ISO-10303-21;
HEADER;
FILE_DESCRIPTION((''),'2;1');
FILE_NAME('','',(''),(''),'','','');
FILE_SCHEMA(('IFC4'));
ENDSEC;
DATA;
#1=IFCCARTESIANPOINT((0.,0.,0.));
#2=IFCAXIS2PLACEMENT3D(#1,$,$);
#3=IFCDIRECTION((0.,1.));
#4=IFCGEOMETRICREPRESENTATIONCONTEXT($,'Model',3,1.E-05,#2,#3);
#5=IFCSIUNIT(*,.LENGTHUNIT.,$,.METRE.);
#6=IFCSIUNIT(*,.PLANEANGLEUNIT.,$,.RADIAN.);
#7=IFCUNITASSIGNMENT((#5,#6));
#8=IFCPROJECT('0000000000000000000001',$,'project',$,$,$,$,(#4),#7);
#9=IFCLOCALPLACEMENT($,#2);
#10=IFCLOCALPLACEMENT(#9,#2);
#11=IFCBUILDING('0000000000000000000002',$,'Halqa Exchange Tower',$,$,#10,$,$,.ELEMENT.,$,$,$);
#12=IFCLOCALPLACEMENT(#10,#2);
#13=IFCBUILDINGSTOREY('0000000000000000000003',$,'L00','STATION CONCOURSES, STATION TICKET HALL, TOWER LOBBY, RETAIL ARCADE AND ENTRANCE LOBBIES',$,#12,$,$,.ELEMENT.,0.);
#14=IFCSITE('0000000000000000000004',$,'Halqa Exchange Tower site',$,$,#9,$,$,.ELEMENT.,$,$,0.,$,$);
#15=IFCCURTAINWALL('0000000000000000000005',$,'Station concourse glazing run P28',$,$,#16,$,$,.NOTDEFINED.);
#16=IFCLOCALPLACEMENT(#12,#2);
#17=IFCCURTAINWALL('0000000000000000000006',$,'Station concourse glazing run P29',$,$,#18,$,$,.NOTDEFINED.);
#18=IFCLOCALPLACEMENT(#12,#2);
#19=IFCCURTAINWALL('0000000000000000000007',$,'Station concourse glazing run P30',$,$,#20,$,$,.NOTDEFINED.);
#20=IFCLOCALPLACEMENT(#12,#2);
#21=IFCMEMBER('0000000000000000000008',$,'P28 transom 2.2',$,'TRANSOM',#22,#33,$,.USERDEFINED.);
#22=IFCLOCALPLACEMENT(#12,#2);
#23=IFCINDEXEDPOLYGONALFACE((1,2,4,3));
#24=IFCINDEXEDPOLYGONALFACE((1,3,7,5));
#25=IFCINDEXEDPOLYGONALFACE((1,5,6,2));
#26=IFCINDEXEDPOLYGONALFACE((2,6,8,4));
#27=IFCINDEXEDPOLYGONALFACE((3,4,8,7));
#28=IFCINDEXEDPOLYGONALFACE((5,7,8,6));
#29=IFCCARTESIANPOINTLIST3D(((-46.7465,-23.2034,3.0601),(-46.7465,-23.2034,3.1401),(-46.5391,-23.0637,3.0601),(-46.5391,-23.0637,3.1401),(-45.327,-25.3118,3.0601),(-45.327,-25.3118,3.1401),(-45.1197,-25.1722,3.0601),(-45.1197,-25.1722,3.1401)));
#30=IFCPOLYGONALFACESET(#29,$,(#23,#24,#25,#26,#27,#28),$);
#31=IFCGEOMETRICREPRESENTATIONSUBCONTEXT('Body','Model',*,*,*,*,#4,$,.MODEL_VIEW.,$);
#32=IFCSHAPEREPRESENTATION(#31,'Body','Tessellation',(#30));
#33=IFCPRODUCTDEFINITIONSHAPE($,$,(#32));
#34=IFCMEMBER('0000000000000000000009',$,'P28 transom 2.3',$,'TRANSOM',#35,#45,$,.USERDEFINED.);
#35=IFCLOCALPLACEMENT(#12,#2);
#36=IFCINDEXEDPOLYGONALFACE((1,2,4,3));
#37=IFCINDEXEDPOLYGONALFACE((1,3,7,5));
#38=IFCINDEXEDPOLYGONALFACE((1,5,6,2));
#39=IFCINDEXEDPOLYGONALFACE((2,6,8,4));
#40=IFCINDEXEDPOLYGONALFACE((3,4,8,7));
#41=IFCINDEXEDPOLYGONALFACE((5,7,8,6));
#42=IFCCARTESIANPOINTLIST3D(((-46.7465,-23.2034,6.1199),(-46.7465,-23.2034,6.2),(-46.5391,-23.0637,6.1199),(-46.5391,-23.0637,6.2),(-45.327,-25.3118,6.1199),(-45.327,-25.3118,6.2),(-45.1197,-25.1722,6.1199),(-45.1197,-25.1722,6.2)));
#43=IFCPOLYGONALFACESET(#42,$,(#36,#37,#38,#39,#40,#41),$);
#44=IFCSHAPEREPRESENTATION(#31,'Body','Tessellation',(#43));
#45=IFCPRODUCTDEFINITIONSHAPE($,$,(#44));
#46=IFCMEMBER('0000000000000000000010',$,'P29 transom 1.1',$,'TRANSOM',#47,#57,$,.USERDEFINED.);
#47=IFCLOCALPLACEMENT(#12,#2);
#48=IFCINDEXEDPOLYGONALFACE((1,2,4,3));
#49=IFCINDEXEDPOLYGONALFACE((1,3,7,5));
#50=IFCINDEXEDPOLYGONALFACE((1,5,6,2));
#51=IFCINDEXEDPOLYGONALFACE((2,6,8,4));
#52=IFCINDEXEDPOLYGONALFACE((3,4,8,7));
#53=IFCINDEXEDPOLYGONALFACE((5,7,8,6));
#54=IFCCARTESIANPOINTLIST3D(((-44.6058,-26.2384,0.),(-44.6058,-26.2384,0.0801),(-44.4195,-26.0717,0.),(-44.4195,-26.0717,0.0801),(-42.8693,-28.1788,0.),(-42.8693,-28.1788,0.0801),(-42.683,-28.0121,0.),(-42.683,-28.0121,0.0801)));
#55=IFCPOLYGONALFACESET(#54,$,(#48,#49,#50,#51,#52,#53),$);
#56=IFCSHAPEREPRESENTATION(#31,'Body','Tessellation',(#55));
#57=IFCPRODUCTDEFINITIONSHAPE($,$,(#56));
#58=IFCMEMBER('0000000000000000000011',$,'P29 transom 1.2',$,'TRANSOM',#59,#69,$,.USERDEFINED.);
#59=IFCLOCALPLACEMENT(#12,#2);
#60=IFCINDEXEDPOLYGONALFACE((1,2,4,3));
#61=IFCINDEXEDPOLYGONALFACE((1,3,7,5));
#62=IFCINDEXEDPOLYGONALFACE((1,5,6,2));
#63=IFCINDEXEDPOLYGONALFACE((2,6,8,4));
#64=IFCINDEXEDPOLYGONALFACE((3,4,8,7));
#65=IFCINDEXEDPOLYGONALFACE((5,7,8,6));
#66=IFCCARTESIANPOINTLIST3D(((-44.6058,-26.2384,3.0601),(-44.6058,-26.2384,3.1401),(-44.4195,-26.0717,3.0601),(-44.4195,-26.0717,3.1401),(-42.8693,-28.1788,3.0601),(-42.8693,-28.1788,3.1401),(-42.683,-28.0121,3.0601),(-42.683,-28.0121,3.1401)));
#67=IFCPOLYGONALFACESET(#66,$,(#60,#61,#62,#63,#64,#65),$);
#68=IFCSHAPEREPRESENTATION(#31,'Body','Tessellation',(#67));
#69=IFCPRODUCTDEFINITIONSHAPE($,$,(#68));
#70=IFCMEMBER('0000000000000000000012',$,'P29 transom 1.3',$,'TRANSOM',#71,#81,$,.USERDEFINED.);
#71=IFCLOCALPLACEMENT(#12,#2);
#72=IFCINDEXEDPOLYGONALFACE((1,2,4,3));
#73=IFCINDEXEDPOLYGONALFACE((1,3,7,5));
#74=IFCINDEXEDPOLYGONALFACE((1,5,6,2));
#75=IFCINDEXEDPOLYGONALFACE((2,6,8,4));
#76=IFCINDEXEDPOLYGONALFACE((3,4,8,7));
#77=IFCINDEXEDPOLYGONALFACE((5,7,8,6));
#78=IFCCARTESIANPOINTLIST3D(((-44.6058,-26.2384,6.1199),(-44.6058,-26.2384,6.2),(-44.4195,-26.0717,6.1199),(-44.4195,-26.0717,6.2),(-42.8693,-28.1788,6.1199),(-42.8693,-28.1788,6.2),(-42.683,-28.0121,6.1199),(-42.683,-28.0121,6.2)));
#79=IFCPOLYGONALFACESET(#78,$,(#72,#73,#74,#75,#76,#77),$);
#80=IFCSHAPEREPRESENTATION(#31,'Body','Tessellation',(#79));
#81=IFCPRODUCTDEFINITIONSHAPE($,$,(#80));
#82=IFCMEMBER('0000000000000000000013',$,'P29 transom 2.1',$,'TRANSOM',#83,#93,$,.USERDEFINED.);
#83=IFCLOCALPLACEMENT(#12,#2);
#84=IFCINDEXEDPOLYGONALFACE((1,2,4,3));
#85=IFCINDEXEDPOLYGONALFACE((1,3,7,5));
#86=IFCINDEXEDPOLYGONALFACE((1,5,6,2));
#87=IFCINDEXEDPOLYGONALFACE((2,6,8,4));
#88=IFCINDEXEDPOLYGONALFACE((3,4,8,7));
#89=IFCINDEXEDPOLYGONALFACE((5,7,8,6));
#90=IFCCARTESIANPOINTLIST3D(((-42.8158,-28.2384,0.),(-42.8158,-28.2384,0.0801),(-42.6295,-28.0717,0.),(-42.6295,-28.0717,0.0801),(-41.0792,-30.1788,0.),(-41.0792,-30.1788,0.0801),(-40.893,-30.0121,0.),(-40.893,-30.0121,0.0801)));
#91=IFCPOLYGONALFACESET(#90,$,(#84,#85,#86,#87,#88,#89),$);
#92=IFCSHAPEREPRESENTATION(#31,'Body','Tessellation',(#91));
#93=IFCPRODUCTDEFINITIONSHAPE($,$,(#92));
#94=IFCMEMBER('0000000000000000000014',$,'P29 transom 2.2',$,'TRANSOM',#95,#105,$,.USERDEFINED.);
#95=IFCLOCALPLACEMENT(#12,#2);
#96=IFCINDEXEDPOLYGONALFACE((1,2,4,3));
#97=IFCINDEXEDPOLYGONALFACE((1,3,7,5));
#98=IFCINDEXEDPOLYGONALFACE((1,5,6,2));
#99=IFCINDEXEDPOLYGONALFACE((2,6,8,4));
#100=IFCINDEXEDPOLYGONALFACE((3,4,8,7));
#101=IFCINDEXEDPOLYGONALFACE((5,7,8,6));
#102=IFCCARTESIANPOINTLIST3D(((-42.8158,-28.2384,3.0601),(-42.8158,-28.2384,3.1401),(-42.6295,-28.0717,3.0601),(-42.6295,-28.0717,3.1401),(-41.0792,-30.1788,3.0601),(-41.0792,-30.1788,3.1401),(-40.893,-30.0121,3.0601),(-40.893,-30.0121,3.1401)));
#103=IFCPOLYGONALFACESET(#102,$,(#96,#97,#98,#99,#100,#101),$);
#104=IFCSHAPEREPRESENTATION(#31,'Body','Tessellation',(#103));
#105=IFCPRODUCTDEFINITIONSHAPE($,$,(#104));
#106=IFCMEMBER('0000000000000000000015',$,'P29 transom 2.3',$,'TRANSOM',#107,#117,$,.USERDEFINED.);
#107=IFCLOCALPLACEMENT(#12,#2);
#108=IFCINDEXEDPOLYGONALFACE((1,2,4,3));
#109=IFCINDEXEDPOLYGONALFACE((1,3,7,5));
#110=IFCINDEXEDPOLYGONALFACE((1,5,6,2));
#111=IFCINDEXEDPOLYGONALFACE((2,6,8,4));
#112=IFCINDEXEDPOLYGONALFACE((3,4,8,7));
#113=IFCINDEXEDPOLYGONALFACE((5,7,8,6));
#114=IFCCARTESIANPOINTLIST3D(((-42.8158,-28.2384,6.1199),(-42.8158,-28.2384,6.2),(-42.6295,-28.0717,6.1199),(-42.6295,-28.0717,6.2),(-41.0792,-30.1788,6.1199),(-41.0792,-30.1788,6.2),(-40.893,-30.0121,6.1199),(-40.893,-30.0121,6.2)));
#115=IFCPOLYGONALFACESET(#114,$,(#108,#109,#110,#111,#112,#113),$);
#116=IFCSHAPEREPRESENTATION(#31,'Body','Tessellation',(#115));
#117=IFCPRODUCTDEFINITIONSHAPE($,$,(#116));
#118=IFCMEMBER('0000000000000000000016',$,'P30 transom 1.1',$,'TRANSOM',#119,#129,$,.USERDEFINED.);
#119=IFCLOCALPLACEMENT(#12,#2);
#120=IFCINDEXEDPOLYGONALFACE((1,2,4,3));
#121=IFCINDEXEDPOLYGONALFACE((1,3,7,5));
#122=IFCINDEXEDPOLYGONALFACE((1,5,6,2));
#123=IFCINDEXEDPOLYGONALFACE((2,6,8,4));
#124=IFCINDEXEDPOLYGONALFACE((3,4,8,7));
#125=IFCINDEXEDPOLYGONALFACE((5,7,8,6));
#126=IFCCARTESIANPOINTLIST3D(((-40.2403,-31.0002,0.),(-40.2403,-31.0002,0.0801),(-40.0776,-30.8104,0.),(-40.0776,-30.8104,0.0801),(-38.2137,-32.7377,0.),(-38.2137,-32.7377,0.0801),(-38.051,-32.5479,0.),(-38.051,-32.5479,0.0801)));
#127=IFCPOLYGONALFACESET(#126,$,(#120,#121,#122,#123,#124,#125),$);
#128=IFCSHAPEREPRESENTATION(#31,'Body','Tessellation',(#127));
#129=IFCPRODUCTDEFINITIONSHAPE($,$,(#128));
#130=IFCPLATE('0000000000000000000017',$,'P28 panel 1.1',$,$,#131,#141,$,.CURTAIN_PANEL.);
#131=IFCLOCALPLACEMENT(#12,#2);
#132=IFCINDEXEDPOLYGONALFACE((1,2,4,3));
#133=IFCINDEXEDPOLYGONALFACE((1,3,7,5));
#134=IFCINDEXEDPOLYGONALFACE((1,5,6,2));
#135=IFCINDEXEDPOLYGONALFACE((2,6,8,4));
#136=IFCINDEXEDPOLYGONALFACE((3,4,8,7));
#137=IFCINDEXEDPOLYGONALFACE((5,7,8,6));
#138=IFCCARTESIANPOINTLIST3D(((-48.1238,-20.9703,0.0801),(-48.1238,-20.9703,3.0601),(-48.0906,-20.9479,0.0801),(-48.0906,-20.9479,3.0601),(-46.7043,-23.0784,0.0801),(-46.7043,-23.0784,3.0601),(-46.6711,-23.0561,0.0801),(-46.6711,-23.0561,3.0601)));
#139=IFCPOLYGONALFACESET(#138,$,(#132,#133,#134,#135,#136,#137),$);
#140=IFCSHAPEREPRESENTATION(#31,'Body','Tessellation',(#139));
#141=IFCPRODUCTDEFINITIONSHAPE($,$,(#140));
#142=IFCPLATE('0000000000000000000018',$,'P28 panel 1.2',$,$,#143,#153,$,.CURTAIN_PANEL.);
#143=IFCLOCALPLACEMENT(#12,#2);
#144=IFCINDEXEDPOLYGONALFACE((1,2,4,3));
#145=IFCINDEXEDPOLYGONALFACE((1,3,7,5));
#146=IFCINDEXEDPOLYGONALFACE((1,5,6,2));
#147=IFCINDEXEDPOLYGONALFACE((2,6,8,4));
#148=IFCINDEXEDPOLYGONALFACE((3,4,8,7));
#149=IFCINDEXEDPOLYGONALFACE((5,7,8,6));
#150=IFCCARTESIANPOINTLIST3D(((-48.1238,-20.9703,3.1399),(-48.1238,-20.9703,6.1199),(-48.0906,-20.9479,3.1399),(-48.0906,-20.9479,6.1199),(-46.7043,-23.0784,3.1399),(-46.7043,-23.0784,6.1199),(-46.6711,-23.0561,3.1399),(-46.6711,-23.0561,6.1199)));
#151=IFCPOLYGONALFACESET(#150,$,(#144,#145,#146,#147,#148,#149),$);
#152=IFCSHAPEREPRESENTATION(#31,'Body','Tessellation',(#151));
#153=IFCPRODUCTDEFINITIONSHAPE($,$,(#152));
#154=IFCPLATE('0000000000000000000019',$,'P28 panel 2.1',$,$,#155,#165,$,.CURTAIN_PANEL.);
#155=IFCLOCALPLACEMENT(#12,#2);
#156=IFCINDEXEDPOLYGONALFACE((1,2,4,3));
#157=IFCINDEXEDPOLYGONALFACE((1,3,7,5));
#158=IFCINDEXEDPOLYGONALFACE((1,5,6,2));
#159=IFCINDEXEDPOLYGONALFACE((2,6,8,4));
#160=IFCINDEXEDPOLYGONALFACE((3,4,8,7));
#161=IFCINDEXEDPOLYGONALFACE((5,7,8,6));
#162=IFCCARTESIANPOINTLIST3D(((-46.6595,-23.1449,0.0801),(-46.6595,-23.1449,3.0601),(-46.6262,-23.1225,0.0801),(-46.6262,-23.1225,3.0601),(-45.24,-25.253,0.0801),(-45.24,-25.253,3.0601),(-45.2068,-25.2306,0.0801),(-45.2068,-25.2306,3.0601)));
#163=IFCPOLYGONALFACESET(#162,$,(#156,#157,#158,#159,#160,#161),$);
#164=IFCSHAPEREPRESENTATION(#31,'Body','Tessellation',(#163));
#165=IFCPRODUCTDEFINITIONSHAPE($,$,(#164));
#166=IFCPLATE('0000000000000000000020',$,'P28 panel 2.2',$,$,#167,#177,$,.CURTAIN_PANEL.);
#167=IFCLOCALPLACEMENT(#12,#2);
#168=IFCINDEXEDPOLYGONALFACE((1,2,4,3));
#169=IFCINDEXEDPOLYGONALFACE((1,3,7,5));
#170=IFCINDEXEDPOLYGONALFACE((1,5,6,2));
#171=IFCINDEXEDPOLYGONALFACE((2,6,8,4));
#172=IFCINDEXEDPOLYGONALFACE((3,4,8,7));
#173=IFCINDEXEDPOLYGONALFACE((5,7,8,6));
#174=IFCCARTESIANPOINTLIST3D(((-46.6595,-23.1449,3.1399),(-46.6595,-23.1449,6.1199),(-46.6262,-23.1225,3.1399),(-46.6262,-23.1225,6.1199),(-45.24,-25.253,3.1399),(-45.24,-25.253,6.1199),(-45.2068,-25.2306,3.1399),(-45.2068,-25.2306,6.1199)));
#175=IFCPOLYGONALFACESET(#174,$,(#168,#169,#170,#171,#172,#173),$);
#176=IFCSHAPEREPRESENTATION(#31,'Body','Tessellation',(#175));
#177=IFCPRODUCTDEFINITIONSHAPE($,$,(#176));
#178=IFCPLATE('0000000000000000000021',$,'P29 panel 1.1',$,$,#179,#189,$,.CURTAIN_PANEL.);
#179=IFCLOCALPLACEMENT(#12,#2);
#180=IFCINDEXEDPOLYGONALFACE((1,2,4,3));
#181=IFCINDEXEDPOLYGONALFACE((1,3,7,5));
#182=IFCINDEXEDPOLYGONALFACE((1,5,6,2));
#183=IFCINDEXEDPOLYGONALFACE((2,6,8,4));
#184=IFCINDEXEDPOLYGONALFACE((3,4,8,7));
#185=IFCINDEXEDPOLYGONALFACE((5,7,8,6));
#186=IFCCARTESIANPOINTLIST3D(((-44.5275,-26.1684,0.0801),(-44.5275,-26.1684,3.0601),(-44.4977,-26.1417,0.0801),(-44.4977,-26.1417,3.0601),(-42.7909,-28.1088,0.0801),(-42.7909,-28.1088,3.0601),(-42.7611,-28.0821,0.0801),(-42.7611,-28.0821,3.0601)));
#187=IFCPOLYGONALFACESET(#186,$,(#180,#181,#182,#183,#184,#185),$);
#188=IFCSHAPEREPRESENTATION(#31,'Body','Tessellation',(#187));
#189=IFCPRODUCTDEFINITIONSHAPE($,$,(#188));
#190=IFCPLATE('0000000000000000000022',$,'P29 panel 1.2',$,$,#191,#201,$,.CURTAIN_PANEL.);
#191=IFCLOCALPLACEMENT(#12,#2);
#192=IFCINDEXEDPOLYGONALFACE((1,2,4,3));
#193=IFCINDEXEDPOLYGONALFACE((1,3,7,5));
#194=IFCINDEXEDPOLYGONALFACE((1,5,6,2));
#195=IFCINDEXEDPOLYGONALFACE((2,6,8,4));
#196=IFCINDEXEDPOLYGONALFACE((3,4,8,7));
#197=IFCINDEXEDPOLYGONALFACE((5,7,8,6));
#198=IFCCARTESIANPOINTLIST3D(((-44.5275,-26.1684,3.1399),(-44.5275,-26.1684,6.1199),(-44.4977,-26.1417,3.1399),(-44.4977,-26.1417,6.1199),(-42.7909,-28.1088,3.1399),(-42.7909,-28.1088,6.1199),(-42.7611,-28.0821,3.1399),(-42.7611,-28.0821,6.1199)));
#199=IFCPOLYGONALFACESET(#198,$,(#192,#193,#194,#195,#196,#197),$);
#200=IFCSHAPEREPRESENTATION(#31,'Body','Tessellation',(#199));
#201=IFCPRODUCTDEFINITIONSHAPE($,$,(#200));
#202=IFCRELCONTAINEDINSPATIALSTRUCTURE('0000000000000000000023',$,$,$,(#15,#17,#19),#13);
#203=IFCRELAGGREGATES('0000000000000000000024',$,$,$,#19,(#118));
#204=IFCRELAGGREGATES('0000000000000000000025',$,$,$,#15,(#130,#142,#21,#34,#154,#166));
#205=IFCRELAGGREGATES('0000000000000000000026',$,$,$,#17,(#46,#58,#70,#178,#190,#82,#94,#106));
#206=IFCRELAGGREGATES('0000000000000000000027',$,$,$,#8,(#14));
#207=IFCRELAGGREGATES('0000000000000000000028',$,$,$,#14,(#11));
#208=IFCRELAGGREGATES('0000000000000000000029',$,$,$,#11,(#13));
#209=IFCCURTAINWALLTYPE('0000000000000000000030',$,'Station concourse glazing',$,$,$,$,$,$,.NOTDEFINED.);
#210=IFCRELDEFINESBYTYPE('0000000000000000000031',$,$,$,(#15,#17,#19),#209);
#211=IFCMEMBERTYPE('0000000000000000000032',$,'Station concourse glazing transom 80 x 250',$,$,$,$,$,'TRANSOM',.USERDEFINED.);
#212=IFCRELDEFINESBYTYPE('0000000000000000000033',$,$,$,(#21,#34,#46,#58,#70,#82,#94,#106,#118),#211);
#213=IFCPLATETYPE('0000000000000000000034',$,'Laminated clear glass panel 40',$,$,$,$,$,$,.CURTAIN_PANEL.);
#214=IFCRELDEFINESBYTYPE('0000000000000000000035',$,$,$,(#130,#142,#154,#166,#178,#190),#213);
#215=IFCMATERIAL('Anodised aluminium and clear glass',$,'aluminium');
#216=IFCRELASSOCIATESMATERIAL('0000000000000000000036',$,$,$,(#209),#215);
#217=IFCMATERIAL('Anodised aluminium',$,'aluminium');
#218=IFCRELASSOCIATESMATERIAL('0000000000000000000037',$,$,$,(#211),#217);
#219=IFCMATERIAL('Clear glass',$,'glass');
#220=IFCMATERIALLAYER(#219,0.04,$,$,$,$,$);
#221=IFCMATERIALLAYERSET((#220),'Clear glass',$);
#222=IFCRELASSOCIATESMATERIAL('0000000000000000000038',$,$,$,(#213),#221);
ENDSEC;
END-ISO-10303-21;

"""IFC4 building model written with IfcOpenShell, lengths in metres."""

from ifc_helpers import new_model, si_unit, direction, frame, origin, origin_2d, place, context, subcontext, project, spatial, rectangle, extrude, material, layer, layer_set, material_profile, profile_set, type_object, element, aggregate, save


model = new_model("IFC4")

# Units and contexts
model_context = context("Model", 3, precision=1e-05, world=origin(), true_north=direction((0.0, 1.0)))
body_context = subcontext(model_context, "Body", "Model", "MODEL_VIEW")
ifc_project = project(units=[si_unit("LENGTHUNIT", "METRE"), si_unit("PLANEANGLEUNIT", "RADIAN")], contexts=[model_context])

# Site, building, storey
site_placement = place(None, origin())
site = spatial("IfcSite", under=ifc_project, at=site_placement, Name="Halqa Exchange Tower site", CompositionType="ELEMENT", RefElevation=0.0)
building_placement = place(site_placement, origin())
building = spatial("IfcBuilding", under=site, at=building_placement, Name="Halqa Exchange Tower", CompositionType="ELEMENT")
storey_placement = place(building_placement, origin())
storey = spatial("IfcBuildingStorey", under=building, at=storey_placement, Name="L00", Description="STATION CONCOURSES, STATION TICKET HALL, TOWER LOBBY, RETAIL ARCADE AND ENTRANCE LOBBIES", CompositionType="ELEMENT", Elevation=0.0)

# Curtain walls
ifc_material_1 = material(Name="Anodised aluminium and clear glass", Category="aluminium")
curtain_wall_type = type_object("IfcCurtainWallType", Name="Station concourse glazing", PredefinedType="NOTDEFINED", material=ifc_material_1)
curtain_wall_1_placement = place(storey_placement, origin())
curtain_wall_1 = element("IfcCurtainWall", 1, at=curtain_wall_1_placement, inside=storey, type_object=curtain_wall_type, Name="Station concourse glazing run P28", PredefinedType="NOTDEFINED")
ifc_material_2 = material(Name="Anodised aluminium", Category="aluminium")
curtain_wall_2_placement = place(storey_placement, origin())
curtain_wall_2 = element("IfcCurtainWall", 2, at=curtain_wall_2_placement, inside=storey, type_object=curtain_wall_type, Name="Station concourse glazing run P29", PredefinedType="NOTDEFINED")

# Curtain wall
curtain_wall_3_placement = place(storey_placement, origin())
curtain_wall_3 = element("IfcCurtainWall", 3, at=curtain_wall_3_placement, inside=storey, type_object=curtain_wall_type, Name="Station concourse glazing run P30", PredefinedType="NOTDEFINED")

# Members
ifc_material_profile_1 = material_profile(ifc_material_2, rectangle(XDim=0.25, YDim=0.0801, at=origin_2d()), Name="AL 80x250")
ifc_profile_set_1 = profile_set([ifc_material_profile_1], Name="Anodised aluminium")
member_type_1 = type_object("IfcMemberType", Name="Station concourse glazing transom 80 x 250", ElementType="TRANSOM", PredefinedType="USERDEFINED", material=ifc_profile_set_1)
member_1_placement = place(storey_placement, frame((-46.6428, -23.1335, 3.1001), z_axis=(0.558463, -0.82953, 0.0), x_axis=(0.82953, 0.558463, 0.0)))
member_1 = element("IfcMember", 4, at=member_1_placement, type_object=member_type_1, Name="P28 transom 2.2", ObjectType="TRANSOM", PredefinedType="USERDEFINED", context=body_context, shape_type="SweptSolid", body=[
    extrude(rectangle(XDim=0.25, YDim=0.0801, at=origin_2d()), origin(), (0.0, 0.0, 1.0), 2.5417),
])
member_2_placement = place(storey_placement, frame((-46.6428, -23.1335, 6.1599), z_axis=(0.558463, -0.82953, 0.0), x_axis=(0.82953, 0.558463, 0.0)))
member_2 = element("IfcMember", 5, at=member_2_placement, type_object=member_type_1, Name="P28 transom 2.3", ObjectType="TRANSOM", PredefinedType="USERDEFINED", context=body_context, shape_type="SweptSolid", body=[
    extrude(rectangle(XDim=0.25, YDim=0.0801, at=origin_2d()), origin(), (0.0, 0.0, 1.0), 2.5417),
])
member_3_placement = place(storey_placement, frame((-44.5127, -26.155, 0.04), z_axis=(0.66688, -0.745165, 0.0), x_axis=(0.745165, 0.66688, 0.0)))
member_3 = element("IfcMember", 6, at=member_3_placement, type_object=member_type_1, Name="P29 transom 1.1", ObjectType="TRANSOM", PredefinedType="USERDEFINED", context=body_context, shape_type="SweptSolid", body=[
    extrude(rectangle(XDim=0.25, YDim=0.0801, at=origin_2d()), origin(), (0.0, 0.0, 1.0), 2.604),
])
member_4_placement = place(storey_placement, frame((-44.5127, -26.155, 3.1001), z_axis=(0.66688, -0.745165, 0.0), x_axis=(0.745165, 0.66688, 0.0)))
member_4 = element("IfcMember", 7, at=member_4_placement, type_object=member_type_1, Name="P29 transom 1.2", ObjectType="TRANSOM", PredefinedType="USERDEFINED", context=body_context, shape_type="SweptSolid", body=[
    extrude(rectangle(XDim=0.25, YDim=0.0801, at=origin_2d()), origin(), (0.0, 0.0, 1.0), 2.604),
])
member_5_placement = place(storey_placement, frame((-44.5127, -26.155, 6.1599), z_axis=(0.66688, -0.745165, 0.0), x_axis=(0.745165, 0.66688, 0.0)))
member_5 = element("IfcMember", 8, at=member_5_placement, type_object=member_type_1, Name="P29 transom 1.3", ObjectType="TRANSOM", PredefinedType="USERDEFINED", context=body_context, shape_type="SweptSolid", body=[
    extrude(rectangle(XDim=0.25, YDim=0.0801, at=origin_2d()), origin(), (0.0, 0.0, 1.0), 2.604),
])
member_6_placement = place(storey_placement, frame((-42.7227, -28.155, 0.04), z_axis=(0.66688, -0.745165, 0.0), x_axis=(0.745165, 0.66688, 0.0)))
member_6 = element("IfcMember", 9, at=member_6_placement, type_object=member_type_1, Name="P29 transom 2.1", ObjectType="TRANSOM", PredefinedType="USERDEFINED", context=body_context, shape_type="SweptSolid", body=[
    extrude(rectangle(XDim=0.25, YDim=0.0801, at=origin_2d()), origin(), (0.0, 0.0, 1.0), 2.604),
])
member_7_placement = place(storey_placement, frame((-42.7227, -28.155, 3.1001), z_axis=(0.66688, -0.745165, 0.0), x_axis=(0.745165, 0.66688, 0.0)))
member_7 = element("IfcMember", 10, at=member_7_placement, type_object=member_type_1, Name="P29 transom 2.2", ObjectType="TRANSOM", PredefinedType="USERDEFINED", context=body_context, shape_type="SweptSolid", body=[
    extrude(rectangle(XDim=0.25, YDim=0.0801, at=origin_2d()), origin(), (0.0, 0.0, 1.0), 2.604),
])
member_8_placement = place(storey_placement, frame((-42.7227, -28.155, 6.1599), z_axis=(0.66688, -0.745165, 0.0), x_axis=(0.745165, 0.66688, 0.0)))
member_8 = element("IfcMember", 11, at=member_8_placement, type_object=member_type_1, Name="P29 transom 2.3", ObjectType="TRANSOM", PredefinedType="USERDEFINED", context=body_context, shape_type="SweptSolid", body=[
    extrude(rectangle(XDim=0.25, YDim=0.0801, at=origin_2d()), origin(), (0.0, 0.0, 1.0), 2.604),
])
member_9_placement = place(storey_placement, frame((-40.1589, -30.9053, 0.04), z_axis=(0.759173, -0.650889, 0.0), x_axis=(0.650889, 0.759173, 0.0)))
member_9 = element("IfcMember", 12, at=member_9_placement, type_object=member_type_1, Name="P30 transom 1.1", ObjectType="TRANSOM", PredefinedType="USERDEFINED", context=body_context, shape_type="SweptSolid", body=[
    extrude(rectangle(XDim=0.25, YDim=0.0801, at=origin_2d()), origin(), (0.0, 0.0, 1.0), 2.6694),
])
aggregate(curtain_wall_3, [member_9])

# Plates
ifc_material_3 = material(Name="Clear glass", Category="glass")
ifc_layer_1 = layer(ifc_material_3, 0.04)
ifc_layer_set_1 = layer_set([ifc_layer_1], Name="Clear glass")
plate_type = type_object("IfcPlateType", Name="Laminated clear glass panel 40", PredefinedType="CURTAIN_PANEL", material=ifc_layer_set_1)
plate_1_placement = place(storey_placement, frame((-47.3975, -22.0132, 0.0801), z_axis=(0.0, 0.0, 1.0), x_axis=(0.558522, -0.82949, 0.0)))
plate_1 = element("IfcPlate", 13, at=plate_1_placement, type_object=plate_type, Name="P28 panel 1.1", PredefinedType="CURTAIN_PANEL", context=body_context, shape_type="SweptSolid", body=[
    extrude(rectangle(XDim=2.5415, YDim=0.04, at=origin_2d()), origin(), (0.0, 0.0, 1.0), 2.98),
])
plate_2_placement = place(storey_placement, frame((-47.3975, -22.0132, 3.1399), z_axis=(0.0, 0.0, 1.0), x_axis=(0.558522, -0.82949, 0.0)))
plate_2 = element("IfcPlate", 14, at=plate_2_placement, type_object=plate_type, Name="P28 panel 1.2", PredefinedType="CURTAIN_PANEL", context=body_context, shape_type="SweptSolid", body=[
    extrude(rectangle(XDim=2.5415, YDim=0.04, at=origin_2d()), origin(), (0.0, 0.0, 1.0), 2.98),
])
plate_3_placement = place(storey_placement, frame((-45.9331, -24.1877, 0.0801), z_axis=(0.0, 0.0, 1.0), x_axis=(0.558522, -0.82949, 0.0)))
plate_3 = element("IfcPlate", 15, at=plate_3_placement, type_object=plate_type, Name="P28 panel 2.1", PredefinedType="CURTAIN_PANEL", context=body_context, shape_type="SweptSolid", body=[
    extrude(rectangle(XDim=2.5415, YDim=0.04, at=origin_2d()), origin(), (0.0, 0.0, 1.0), 2.98),
])
plate_4_placement = place(storey_placement, frame((-45.9331, -24.1877, 3.1399), z_axis=(0.0, 0.0, 1.0), x_axis=(0.558522, -0.82949, 0.0)))
plate_4 = element("IfcPlate", 16, at=plate_4_placement, type_object=plate_type, Name="P28 panel 2.2", PredefinedType="CURTAIN_PANEL", context=body_context, shape_type="SweptSolid", body=[
    extrude(rectangle(XDim=2.5415, YDim=0.04, at=origin_2d()), origin(), (0.0, 0.0, 1.0), 2.98),
])
aggregate(curtain_wall_1, [plate_1, plate_2, member_1, member_2, plate_3, plate_4])
plate_5_placement = place(storey_placement, frame((-43.6443, -27.1252, 0.0801), z_axis=(0.0, 0.0, 1.0), x_axis=(0.666899, -0.745148, 0.0)))
plate_5 = element("IfcPlate", 17, at=plate_5_placement, type_object=plate_type, Name="P29 panel 1.1", PredefinedType="CURTAIN_PANEL", context=body_context, shape_type="SweptSolid", body=[
    extrude(rectangle(XDim=2.604, YDim=0.04, at=origin_2d()), origin(), (0.0, 0.0, 1.0), 2.98),
])
plate_6_placement = place(storey_placement, frame((-43.6443, -27.1252, 3.1399), z_axis=(0.0, 0.0, 1.0), x_axis=(0.666899, -0.745148, 0.0)))
plate_6 = element("IfcPlate", 18, at=plate_6_placement, type_object=plate_type, Name="P29 panel 1.2", PredefinedType="CURTAIN_PANEL", context=body_context, shape_type="SweptSolid", body=[
    extrude(rectangle(XDim=2.604, YDim=0.04, at=origin_2d()), origin(), (0.0, 0.0, 1.0), 2.98),
])
aggregate(curtain_wall_2, [member_3, member_4, member_5, plate_5, plate_6, member_6, member_7, member_8])

save(model, "model.ifc")
